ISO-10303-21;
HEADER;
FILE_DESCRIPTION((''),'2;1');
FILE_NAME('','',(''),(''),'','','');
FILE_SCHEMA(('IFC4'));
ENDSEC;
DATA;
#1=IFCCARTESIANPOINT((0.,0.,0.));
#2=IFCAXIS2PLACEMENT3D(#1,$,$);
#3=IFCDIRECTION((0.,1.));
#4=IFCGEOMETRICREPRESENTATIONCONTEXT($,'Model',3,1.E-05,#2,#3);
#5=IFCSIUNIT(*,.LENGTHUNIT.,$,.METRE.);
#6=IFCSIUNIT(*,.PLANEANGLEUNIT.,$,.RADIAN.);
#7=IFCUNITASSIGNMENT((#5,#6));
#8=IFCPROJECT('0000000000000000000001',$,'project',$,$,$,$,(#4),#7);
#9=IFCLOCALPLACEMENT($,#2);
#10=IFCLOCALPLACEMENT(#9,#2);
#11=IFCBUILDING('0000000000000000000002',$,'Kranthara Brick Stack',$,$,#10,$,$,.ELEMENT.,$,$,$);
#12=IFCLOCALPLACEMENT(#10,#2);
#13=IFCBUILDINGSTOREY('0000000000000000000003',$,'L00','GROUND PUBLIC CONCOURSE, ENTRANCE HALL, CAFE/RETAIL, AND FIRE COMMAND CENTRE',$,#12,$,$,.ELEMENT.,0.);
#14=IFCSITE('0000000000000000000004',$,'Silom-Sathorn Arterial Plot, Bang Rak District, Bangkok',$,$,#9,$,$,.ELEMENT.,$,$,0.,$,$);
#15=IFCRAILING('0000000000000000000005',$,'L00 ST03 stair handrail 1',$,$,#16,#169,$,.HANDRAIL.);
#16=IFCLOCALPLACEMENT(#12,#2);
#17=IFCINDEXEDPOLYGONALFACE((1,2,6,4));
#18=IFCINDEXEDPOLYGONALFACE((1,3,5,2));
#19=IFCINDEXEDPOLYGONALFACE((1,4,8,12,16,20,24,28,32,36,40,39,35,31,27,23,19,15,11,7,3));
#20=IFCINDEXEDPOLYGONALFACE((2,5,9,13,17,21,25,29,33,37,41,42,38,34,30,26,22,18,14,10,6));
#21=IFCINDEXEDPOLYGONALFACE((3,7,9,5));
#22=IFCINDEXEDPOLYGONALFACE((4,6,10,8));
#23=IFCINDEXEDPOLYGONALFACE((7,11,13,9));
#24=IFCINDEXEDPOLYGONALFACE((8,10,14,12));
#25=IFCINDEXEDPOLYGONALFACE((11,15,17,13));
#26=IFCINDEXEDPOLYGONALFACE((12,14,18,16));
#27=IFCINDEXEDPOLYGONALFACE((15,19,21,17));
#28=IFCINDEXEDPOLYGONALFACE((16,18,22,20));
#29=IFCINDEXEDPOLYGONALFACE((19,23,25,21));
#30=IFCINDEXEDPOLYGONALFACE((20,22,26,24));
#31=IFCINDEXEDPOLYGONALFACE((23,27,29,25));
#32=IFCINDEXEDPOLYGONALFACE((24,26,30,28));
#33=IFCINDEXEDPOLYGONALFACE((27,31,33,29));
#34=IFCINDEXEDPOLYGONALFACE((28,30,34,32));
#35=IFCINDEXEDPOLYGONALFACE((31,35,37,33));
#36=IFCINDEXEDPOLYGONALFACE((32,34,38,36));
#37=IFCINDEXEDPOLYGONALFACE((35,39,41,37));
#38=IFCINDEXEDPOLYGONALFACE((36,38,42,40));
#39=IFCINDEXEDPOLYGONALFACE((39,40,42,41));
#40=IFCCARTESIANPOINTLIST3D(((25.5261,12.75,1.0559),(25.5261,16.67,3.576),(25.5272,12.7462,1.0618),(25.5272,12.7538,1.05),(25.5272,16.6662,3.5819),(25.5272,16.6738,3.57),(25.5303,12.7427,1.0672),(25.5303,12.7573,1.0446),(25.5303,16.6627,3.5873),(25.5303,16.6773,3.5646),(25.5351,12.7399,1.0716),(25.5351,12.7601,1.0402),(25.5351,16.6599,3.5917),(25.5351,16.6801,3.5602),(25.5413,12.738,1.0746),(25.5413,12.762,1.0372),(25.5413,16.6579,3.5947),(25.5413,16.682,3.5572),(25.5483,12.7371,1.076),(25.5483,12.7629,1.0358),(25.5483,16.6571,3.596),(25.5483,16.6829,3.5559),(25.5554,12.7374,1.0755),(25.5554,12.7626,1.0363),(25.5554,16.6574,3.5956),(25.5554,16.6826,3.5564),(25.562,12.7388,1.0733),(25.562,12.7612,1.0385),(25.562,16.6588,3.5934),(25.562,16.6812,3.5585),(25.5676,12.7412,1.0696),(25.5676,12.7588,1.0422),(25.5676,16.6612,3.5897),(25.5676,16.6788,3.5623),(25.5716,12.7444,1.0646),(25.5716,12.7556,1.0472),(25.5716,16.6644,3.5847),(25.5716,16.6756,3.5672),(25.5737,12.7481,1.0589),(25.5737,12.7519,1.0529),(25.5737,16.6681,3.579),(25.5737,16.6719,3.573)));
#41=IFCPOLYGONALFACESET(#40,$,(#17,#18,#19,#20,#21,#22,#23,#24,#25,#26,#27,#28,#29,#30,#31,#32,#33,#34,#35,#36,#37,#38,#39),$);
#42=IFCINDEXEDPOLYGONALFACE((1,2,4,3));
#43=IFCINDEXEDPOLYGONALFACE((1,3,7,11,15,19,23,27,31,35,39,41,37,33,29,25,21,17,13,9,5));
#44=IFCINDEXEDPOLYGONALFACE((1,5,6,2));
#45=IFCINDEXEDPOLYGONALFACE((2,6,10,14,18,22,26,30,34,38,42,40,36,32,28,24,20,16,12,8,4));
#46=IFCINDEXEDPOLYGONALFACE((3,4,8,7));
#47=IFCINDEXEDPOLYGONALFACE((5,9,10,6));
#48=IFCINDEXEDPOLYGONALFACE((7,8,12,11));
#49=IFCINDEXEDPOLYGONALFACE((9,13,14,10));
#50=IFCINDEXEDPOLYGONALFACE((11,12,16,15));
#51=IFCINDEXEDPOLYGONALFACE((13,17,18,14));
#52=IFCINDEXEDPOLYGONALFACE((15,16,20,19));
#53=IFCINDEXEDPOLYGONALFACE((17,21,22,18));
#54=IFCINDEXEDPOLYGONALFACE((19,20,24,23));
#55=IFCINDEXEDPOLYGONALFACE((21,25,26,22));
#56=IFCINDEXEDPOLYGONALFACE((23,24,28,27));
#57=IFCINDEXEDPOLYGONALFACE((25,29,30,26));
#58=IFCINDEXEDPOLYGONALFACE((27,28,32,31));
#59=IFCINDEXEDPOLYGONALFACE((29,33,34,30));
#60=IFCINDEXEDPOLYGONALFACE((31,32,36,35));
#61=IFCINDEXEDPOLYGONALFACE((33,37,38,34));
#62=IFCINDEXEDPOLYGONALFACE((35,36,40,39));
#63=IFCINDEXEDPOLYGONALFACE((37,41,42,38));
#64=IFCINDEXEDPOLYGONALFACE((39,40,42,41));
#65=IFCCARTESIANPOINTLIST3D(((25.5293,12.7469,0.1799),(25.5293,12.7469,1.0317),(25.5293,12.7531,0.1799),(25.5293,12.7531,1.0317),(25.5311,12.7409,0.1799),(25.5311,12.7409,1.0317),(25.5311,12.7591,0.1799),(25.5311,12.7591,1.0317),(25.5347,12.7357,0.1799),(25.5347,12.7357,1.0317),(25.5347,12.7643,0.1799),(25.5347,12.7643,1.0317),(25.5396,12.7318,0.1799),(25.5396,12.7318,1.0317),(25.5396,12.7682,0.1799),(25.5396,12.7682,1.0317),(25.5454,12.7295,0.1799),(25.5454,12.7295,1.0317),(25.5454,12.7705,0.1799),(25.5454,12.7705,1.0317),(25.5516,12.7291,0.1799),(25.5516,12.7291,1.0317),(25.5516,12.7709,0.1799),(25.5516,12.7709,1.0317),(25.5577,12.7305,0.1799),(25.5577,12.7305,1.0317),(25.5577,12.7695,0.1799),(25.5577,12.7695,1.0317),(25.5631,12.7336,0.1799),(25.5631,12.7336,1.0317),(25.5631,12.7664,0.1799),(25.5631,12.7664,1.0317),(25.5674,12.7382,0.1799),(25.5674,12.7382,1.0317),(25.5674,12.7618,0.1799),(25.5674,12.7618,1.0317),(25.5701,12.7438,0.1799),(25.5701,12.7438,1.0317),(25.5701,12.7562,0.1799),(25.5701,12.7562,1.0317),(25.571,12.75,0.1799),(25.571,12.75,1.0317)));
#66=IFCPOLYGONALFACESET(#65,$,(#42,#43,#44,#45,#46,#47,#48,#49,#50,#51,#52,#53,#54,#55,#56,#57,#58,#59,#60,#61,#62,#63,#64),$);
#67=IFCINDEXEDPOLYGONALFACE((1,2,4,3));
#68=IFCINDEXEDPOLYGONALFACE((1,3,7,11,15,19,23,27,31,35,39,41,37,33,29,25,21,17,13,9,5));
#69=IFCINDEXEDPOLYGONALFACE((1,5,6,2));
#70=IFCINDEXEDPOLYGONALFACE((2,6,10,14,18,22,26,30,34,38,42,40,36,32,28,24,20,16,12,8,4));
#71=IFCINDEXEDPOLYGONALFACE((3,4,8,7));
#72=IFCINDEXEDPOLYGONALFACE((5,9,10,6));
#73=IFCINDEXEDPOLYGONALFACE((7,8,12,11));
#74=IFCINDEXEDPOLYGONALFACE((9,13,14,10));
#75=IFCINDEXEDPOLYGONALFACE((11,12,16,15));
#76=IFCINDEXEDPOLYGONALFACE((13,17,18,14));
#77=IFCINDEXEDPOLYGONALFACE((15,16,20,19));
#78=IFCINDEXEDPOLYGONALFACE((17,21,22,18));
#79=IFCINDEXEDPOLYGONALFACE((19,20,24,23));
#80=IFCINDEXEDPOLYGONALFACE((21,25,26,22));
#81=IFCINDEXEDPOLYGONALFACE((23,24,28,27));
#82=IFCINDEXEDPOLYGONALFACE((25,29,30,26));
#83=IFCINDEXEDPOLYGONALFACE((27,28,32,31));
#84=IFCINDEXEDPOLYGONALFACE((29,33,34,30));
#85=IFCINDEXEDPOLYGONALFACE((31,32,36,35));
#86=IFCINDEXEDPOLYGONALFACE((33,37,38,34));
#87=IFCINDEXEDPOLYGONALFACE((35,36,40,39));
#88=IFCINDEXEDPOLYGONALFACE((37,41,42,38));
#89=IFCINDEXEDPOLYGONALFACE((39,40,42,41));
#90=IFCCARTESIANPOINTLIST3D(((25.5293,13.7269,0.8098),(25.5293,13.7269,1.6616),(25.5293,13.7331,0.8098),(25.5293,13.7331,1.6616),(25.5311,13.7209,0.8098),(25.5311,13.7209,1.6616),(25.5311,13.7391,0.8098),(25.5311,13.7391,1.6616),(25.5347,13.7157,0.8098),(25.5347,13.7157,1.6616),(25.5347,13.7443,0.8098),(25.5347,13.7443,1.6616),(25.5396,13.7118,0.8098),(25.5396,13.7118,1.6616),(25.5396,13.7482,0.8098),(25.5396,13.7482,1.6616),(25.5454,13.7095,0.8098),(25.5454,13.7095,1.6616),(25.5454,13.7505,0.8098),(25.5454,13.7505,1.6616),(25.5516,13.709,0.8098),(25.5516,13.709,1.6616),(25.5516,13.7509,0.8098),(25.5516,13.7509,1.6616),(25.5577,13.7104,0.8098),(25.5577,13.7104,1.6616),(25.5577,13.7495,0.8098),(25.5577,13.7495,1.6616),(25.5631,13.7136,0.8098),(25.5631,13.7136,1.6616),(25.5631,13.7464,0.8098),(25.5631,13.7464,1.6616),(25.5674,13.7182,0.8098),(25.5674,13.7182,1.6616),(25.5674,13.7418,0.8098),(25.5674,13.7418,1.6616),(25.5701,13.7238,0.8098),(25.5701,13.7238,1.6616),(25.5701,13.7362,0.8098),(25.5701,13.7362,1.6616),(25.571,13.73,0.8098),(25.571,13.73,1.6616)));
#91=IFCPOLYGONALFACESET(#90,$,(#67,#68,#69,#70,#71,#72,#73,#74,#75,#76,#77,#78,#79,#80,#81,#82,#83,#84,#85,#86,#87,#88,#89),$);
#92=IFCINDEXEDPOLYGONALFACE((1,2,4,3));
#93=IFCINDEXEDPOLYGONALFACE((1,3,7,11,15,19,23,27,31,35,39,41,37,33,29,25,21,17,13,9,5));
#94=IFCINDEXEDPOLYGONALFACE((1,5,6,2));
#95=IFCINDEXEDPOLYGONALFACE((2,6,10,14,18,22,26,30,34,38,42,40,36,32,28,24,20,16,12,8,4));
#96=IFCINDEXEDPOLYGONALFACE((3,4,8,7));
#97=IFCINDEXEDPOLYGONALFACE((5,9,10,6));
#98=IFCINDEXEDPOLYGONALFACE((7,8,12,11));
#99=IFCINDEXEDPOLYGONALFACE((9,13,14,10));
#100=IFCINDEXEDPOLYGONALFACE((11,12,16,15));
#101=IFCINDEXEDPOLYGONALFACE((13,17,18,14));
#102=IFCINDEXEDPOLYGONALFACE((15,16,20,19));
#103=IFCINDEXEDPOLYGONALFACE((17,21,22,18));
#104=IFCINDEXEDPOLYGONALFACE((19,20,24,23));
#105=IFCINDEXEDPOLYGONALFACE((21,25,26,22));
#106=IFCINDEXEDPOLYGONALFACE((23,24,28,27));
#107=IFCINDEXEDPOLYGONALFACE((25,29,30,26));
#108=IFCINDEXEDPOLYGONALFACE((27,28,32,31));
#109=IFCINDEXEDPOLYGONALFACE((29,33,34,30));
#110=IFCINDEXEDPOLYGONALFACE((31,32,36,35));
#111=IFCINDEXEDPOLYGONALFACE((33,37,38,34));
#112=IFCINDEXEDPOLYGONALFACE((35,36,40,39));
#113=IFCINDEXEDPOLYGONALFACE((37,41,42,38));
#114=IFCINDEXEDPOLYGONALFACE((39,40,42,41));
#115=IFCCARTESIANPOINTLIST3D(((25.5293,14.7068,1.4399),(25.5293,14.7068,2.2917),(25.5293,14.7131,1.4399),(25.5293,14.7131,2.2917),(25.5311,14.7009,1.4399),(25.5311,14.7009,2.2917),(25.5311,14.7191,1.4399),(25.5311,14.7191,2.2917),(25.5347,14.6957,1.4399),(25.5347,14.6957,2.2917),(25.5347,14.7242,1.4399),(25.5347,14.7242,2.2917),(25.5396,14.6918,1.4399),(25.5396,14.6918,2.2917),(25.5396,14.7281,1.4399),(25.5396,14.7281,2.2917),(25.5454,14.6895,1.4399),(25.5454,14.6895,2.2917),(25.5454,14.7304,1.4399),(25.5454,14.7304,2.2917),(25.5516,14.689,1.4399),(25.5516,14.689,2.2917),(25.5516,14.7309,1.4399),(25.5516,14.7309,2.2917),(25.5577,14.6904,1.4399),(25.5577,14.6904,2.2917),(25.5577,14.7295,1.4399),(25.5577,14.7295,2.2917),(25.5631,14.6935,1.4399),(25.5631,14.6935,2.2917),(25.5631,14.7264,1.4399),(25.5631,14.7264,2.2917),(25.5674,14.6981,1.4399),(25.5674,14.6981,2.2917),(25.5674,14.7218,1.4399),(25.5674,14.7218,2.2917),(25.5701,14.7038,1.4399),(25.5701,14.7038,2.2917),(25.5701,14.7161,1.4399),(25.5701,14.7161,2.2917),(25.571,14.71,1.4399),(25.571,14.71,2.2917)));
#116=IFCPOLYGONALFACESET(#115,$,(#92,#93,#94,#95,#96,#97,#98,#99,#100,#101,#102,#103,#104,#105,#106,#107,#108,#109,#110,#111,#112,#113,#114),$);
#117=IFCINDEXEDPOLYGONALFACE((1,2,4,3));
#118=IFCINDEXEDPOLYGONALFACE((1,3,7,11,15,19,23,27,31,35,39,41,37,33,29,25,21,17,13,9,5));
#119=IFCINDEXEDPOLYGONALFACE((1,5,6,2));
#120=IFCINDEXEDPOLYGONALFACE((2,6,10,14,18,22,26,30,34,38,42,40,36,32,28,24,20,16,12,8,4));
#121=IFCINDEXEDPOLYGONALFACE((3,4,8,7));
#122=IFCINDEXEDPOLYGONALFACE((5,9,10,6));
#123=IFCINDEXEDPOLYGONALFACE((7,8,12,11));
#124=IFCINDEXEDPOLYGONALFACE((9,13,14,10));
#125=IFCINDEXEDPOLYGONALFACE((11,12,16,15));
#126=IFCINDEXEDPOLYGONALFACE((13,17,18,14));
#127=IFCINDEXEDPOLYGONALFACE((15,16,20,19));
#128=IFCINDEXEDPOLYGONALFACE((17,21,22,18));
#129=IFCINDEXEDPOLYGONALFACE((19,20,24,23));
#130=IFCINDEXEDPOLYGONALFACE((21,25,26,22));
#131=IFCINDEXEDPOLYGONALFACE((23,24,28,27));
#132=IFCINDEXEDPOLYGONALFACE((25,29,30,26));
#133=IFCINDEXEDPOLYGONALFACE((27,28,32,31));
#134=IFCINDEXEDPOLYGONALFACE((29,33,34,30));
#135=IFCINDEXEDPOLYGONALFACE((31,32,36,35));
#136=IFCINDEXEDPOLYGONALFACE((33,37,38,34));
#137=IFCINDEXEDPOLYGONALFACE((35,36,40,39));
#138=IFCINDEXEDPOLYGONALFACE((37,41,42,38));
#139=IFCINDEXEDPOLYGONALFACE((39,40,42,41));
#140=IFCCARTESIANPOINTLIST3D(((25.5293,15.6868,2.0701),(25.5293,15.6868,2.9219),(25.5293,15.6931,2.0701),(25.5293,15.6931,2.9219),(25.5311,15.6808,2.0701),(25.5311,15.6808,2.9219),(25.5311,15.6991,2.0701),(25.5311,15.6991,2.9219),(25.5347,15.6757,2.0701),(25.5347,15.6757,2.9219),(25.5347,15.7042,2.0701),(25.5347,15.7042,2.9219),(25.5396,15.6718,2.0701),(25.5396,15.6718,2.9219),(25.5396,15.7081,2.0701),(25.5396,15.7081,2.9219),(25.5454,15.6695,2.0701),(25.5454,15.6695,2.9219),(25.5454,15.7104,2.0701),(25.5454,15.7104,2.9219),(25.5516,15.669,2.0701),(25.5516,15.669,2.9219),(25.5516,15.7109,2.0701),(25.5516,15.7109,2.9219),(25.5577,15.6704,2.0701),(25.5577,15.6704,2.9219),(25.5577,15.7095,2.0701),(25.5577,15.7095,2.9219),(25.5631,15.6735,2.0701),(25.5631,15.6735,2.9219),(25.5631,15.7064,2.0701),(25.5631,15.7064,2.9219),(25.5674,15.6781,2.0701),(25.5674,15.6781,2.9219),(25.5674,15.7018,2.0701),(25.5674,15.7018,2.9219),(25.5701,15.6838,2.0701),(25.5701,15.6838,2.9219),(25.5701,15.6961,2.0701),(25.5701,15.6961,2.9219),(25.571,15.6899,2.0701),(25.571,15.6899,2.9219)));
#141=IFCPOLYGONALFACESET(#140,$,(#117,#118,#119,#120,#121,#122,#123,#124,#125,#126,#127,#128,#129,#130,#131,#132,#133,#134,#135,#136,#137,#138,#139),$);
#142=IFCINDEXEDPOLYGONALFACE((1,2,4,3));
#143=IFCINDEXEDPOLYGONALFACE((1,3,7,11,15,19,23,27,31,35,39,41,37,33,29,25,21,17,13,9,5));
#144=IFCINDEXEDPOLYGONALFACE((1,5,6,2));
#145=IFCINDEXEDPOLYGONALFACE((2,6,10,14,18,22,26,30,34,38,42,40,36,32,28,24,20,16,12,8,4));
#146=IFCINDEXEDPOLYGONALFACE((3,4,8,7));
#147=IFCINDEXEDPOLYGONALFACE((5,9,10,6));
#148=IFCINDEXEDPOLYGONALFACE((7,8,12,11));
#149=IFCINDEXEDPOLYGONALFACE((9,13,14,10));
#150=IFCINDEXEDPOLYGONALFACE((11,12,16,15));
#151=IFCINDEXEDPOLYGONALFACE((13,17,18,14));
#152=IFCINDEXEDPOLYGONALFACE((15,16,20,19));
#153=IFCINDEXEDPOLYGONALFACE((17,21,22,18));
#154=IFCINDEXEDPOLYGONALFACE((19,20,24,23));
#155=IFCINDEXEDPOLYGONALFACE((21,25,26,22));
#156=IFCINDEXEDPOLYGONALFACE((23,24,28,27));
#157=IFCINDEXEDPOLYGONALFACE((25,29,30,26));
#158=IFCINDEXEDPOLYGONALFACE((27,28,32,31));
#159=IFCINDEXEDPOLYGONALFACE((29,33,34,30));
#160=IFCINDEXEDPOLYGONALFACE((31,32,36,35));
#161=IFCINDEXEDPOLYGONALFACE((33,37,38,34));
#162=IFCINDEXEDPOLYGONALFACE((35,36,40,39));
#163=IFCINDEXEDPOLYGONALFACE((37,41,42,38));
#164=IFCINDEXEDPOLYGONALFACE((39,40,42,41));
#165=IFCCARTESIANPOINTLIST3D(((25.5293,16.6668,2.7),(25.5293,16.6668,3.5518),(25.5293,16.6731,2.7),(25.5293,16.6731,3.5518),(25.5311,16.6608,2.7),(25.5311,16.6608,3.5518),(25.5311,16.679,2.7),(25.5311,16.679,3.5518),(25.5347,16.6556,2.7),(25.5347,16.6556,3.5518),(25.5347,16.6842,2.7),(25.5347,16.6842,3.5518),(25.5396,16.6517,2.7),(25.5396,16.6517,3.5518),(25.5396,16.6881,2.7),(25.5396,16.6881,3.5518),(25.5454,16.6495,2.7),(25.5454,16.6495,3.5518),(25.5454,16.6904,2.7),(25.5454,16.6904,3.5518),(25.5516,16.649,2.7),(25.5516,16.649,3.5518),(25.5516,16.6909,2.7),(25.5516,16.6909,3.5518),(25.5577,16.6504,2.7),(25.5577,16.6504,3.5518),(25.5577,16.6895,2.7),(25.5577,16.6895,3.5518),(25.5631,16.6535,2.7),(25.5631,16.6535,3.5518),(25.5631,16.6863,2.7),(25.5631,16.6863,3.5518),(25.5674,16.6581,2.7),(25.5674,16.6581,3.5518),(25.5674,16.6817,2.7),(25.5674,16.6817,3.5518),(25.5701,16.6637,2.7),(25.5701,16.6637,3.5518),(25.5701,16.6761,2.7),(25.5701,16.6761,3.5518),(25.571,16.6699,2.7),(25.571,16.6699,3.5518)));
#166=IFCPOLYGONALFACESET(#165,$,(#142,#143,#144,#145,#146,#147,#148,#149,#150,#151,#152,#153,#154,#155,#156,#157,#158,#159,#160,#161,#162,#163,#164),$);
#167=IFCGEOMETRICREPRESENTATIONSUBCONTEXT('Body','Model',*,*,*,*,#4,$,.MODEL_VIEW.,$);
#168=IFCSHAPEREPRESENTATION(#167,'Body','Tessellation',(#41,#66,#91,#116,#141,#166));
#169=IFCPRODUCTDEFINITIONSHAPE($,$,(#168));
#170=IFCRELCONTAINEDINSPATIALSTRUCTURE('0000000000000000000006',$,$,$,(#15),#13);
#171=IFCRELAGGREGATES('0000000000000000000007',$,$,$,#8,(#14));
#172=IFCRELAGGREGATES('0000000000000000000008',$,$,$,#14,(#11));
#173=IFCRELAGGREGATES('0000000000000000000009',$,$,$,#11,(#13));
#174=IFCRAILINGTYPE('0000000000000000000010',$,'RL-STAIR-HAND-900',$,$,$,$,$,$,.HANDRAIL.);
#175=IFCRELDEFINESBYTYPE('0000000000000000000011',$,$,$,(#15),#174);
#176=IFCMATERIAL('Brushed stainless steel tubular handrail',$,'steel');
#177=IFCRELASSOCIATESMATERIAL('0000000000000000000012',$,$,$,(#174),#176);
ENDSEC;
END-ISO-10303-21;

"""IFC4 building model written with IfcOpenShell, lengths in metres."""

from ifc_helpers import new_model, si_unit, direction, frame, origin, origin_2d, place, context, subcontext, project, spatial, circle, extrude, material, type_object, element, save


model = new_model("IFC4")

# Units and contexts
model_context = context("Model", 3, precision=1e-05, world=origin(), true_north=direction((0.0, 1.0)))
body_context = subcontext(model_context, "Body", "Model", "MODEL_VIEW")
ifc_project = project(units=[si_unit("LENGTHUNIT", "METRE"), si_unit("PLANEANGLEUNIT", "RADIAN")], contexts=[model_context])

# Site, building, storey
site_placement = place(None, origin())
site = spatial("IfcSite", under=ifc_project, at=site_placement, Name="Silom-Sathorn Arterial Plot, Bang Rak District, Bangkok", CompositionType="ELEMENT", RefElevation=0.0)
building_placement = place(site_placement, origin())
building = spatial("IfcBuilding", under=site, at=building_placement, Name="Kranthara Brick Stack", CompositionType="ELEMENT")
storey_placement = place(building_placement, origin())
storey = spatial("IfcBuildingStorey", under=building, at=storey_placement, Name="L00", Description="GROUND PUBLIC CONCOURSE, ENTRANCE HALL, CAFE/RETAIL, AND FIRE COMMAND CENTRE", CompositionType="ELEMENT", Elevation=0.0)

# Railing
ifc_material_1 = material(Name="Brushed stainless steel tubular handrail", Category="steel")
railing_type_1 = type_object("IfcRailingType", Name="RL-STAIR-HAND-900", PredefinedType="HANDRAIL", material=ifc_material_1)
railing_1_placement = place(storey_placement, frame((25.55, 12.75, 0.1799)))
element("IfcRailing", 1, at=railing_1_placement, inside=storey, type_object=railing_type_1, Name="L00 ST03 stair handrail 1", PredefinedType="HANDRAIL", context=body_context, shape_type="SweptSolid", body=[
    extrude(circle(Radius=0.0239, at=origin_2d()), frame((0.0, 0.0, 0.876), z_axis=(0.0, 0.841172, 0.540768), x_axis=(-1.0, 0.0, 0.0)), (0.0, 0.0, 1.0), 4.6602),
    extrude(circle(Radius=0.021, at=origin_2d()), origin(), (0.0, 0.0, 1.0), 0.8518),
    extrude(circle(Radius=0.021, at=origin_2d()), frame((0.0, 0.98, 0.6299)), (0.0, 0.0, 1.0), 0.8518),
    extrude(circle(Radius=0.021, at=origin_2d()), frame((0.0, 1.96, 1.26)), (0.0, 0.0, 1.0), 0.8518),
    extrude(circle(Radius=0.021, at=origin_2d()), frame((0.0, 2.9399, 1.8901)), (0.0, 0.0, 1.0), 0.8518),
    extrude(circle(Radius=0.021, at=origin_2d()), frame((0.0, 3.9199, 2.52)), (0.0, 0.0, 1.0), 0.8518),
])

save(model, "model.ifc")
